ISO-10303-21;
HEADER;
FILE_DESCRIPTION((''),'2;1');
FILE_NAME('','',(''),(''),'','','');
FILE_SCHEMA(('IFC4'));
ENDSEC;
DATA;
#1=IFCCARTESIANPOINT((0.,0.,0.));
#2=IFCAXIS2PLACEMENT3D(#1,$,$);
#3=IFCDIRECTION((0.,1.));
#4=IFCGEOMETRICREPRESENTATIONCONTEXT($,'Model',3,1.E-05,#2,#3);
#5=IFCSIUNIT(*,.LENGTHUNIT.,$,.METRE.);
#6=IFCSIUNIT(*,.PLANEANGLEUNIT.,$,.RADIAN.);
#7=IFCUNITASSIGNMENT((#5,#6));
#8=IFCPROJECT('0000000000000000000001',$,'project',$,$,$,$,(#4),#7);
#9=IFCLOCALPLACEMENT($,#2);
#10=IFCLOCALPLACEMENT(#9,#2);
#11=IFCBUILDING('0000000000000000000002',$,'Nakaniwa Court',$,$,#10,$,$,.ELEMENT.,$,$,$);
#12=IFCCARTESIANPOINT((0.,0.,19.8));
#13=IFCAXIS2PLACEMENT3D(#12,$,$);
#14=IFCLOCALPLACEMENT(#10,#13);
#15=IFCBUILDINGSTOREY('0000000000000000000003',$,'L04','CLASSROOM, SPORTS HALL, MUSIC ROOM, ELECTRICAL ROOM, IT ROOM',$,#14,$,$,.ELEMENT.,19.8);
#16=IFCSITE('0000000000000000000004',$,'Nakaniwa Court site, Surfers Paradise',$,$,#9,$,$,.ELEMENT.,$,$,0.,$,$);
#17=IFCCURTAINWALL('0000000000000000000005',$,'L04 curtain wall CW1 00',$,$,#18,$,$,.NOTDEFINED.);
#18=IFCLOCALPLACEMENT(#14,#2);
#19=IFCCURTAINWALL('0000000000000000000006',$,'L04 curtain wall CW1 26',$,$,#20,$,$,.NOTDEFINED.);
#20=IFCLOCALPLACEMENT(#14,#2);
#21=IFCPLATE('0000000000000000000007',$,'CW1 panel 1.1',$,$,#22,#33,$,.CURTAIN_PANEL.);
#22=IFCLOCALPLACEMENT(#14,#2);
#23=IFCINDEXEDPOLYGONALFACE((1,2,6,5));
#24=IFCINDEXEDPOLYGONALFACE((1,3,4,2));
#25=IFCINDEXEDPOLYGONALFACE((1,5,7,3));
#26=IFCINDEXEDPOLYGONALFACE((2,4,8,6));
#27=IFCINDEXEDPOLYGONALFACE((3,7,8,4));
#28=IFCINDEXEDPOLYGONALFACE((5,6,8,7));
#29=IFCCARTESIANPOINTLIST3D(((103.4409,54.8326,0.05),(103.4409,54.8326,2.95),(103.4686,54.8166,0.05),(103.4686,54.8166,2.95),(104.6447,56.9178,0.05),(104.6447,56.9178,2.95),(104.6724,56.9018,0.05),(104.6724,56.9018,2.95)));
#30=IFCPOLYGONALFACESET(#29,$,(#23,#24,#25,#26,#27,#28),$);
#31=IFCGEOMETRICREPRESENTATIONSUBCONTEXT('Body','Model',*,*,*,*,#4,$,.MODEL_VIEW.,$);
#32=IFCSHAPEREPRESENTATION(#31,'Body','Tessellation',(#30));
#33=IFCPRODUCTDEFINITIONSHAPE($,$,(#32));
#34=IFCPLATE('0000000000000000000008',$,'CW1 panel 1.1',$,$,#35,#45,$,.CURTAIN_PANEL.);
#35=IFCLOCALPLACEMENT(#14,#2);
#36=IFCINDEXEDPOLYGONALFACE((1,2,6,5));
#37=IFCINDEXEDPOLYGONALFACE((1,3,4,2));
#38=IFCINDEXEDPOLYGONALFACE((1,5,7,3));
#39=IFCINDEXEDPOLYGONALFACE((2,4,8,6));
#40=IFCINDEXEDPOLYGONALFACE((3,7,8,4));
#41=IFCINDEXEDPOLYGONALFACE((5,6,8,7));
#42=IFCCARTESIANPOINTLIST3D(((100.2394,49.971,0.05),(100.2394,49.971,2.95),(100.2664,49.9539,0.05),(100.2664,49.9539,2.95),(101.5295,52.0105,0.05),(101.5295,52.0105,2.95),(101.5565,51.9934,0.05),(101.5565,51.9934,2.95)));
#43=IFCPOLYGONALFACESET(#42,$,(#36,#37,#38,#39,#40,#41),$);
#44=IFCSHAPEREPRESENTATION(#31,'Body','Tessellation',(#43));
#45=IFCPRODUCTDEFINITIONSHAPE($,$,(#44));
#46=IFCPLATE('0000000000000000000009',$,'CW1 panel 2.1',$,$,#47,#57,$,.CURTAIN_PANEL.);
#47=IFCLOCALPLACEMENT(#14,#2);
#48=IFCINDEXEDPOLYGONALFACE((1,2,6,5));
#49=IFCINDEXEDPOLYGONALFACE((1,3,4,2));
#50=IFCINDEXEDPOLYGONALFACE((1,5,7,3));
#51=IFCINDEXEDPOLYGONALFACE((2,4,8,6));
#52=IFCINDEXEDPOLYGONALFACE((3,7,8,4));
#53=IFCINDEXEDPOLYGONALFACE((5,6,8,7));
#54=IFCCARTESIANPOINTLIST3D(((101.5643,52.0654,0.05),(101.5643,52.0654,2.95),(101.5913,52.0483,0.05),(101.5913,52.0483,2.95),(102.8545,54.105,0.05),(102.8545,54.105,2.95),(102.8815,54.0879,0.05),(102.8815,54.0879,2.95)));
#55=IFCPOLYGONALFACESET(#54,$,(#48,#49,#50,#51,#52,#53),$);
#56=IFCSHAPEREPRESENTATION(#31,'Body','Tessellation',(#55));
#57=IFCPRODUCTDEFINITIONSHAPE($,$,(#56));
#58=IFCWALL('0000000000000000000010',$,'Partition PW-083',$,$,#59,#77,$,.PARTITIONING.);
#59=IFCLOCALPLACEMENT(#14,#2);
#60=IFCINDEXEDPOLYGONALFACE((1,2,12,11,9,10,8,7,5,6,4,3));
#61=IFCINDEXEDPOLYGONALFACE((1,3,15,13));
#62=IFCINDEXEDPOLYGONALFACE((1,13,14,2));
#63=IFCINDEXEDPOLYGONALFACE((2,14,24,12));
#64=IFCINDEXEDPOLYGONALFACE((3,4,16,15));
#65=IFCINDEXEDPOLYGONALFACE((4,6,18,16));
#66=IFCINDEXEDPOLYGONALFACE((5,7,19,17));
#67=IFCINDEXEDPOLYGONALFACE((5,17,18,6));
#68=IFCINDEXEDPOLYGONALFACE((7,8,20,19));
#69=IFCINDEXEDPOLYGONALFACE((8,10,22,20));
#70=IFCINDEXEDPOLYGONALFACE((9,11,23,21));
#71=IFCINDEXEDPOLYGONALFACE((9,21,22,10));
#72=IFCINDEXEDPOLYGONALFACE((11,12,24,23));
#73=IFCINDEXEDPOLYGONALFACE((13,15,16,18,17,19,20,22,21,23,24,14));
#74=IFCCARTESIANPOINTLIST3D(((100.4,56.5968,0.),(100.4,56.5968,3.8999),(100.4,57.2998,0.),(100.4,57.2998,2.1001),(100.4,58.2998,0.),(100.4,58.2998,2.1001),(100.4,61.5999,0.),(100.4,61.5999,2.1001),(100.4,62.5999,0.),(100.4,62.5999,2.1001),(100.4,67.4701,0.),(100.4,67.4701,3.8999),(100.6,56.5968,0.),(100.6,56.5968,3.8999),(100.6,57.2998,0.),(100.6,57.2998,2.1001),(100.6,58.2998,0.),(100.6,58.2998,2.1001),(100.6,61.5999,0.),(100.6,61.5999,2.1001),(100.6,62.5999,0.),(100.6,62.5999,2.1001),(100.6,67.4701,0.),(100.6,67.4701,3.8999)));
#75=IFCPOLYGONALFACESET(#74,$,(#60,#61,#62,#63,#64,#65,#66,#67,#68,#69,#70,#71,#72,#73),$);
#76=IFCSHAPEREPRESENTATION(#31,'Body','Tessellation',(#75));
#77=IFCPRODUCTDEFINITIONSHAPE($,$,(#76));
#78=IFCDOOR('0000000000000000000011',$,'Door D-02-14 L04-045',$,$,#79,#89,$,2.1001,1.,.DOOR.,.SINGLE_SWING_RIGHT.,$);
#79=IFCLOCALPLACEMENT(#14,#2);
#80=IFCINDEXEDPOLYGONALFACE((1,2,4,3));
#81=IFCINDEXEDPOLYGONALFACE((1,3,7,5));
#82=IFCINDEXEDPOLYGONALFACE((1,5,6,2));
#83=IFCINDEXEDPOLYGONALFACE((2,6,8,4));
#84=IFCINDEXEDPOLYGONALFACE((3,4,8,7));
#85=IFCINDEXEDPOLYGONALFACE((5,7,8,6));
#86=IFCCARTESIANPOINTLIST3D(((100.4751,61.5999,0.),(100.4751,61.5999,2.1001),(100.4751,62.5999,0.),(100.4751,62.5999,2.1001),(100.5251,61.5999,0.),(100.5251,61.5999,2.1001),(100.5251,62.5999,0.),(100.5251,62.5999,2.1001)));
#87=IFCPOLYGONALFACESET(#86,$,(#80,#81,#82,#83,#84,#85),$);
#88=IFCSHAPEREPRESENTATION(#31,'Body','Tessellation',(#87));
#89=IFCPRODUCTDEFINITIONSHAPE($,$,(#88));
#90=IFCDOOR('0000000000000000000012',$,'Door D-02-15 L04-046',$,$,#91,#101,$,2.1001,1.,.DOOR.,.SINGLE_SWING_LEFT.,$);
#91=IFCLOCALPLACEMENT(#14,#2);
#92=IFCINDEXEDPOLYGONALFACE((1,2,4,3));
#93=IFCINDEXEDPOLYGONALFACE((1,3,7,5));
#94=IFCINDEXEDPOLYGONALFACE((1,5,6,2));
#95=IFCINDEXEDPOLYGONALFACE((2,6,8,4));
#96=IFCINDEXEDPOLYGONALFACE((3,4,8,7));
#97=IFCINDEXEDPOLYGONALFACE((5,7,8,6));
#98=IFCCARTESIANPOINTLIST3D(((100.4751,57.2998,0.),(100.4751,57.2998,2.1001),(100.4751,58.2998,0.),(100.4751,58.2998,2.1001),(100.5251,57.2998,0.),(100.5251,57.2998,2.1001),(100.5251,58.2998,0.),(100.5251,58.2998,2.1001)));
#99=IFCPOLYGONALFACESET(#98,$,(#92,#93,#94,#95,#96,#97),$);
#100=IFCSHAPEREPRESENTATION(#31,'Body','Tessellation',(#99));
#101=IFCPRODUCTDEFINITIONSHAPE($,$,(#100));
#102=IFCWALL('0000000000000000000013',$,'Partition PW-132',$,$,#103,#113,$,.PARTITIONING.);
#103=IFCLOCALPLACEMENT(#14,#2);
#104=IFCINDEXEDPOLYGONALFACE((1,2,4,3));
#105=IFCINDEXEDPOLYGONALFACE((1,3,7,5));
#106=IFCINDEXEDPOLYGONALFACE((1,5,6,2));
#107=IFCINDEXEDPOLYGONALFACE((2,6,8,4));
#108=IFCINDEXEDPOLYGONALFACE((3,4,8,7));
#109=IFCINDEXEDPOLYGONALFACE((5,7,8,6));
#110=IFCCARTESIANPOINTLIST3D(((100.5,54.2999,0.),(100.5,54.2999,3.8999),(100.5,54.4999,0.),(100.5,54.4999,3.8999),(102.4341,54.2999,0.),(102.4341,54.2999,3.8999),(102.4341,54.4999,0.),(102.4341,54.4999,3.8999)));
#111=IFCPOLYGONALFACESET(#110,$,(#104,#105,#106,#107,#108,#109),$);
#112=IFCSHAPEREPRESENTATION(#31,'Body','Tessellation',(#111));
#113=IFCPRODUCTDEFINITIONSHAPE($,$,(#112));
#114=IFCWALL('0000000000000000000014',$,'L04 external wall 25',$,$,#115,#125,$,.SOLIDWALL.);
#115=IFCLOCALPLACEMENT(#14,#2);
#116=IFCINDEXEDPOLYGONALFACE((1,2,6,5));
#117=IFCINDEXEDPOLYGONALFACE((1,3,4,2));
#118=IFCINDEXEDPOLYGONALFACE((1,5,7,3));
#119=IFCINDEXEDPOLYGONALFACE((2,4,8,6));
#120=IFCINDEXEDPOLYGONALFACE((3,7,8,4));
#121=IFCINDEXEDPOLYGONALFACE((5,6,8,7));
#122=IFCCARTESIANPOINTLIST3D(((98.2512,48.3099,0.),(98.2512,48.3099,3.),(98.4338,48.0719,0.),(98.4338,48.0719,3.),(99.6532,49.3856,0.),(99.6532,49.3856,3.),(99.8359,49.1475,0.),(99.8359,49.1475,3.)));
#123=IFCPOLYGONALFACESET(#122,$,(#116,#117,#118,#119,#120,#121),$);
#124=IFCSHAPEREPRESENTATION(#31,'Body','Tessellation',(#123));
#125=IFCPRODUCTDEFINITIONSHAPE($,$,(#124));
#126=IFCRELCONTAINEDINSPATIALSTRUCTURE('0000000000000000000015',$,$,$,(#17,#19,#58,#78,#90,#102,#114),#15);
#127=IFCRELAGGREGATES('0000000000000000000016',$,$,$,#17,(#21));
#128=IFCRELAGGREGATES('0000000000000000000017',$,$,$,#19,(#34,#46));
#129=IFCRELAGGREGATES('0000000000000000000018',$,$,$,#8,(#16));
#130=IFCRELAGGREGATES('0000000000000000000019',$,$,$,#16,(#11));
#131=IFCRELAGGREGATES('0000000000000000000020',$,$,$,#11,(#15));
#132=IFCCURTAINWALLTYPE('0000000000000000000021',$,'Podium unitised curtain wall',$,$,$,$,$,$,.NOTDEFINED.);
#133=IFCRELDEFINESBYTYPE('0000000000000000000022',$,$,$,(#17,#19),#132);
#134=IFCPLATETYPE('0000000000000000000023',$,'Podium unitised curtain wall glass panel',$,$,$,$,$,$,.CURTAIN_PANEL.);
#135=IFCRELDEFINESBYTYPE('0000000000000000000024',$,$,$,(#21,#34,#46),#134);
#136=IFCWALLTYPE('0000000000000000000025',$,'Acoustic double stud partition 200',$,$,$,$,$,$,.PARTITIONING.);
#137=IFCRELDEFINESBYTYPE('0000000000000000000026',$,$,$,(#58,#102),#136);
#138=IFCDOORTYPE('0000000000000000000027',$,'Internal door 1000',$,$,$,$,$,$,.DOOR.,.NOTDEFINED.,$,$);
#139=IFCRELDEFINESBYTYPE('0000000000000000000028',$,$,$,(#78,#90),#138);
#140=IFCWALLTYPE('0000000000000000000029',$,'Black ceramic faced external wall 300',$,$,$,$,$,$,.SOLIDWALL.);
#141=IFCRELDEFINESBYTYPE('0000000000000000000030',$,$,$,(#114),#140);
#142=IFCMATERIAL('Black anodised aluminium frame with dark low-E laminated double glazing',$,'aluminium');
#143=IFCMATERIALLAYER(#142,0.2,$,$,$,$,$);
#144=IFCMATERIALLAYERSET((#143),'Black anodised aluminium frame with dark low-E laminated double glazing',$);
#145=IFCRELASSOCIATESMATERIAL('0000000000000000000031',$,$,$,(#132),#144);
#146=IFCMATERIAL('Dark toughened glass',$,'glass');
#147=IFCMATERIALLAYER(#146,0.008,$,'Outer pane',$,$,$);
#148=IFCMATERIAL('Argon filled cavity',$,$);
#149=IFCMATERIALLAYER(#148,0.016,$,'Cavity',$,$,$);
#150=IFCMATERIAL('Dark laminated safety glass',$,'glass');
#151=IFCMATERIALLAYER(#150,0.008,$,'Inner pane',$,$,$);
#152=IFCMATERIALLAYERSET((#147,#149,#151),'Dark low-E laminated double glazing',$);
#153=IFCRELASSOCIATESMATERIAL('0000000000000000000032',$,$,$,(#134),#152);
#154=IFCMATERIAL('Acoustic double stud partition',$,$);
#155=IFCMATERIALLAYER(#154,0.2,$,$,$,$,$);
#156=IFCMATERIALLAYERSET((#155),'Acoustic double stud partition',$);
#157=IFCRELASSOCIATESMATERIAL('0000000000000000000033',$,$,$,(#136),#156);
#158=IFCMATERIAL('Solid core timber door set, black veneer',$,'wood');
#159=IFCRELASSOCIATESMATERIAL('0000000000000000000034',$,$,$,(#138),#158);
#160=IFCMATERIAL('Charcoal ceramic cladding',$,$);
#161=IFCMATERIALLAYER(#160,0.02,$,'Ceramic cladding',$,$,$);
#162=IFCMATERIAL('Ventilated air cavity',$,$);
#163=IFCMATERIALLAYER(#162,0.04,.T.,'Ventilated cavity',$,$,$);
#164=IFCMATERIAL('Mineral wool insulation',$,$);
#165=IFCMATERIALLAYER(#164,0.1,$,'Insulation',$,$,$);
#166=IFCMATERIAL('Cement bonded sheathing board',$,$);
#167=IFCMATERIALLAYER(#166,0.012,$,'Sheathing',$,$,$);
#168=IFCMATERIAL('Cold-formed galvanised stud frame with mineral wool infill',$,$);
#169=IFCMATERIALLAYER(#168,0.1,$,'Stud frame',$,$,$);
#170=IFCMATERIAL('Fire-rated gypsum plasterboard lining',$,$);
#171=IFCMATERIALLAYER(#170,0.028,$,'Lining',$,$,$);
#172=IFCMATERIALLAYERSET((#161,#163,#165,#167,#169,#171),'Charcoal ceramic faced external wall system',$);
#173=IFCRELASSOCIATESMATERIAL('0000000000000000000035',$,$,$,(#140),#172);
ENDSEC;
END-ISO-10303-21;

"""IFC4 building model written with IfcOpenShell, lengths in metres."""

from ifc_helpers import new_model, si_unit, direction, frame, frame_2d, origin, origin_2d, place, context, subcontext, project, spatial, rectangle, extrude, material, layer, layer_set, type_object, element, fill, aggregate, save


model = new_model("IFC4")

# Units and contexts
model_context = context("Model", 3, precision=1e-05, world=origin(), true_north=direction((0.0, 1.0)))
body_context = subcontext(model_context, "Body", "Model", "MODEL_VIEW")
ifc_project = project(units=[si_unit("LENGTHUNIT", "METRE"), si_unit("PLANEANGLEUNIT", "RADIAN")], contexts=[model_context])

# Site, building, storey
site_placement = place(None, origin())
site = spatial("IfcSite", under=ifc_project, at=site_placement, Name="Nakaniwa Court site, Surfers Paradise", CompositionType="ELEMENT", RefElevation=0.0)
building_placement = place(site_placement, origin())
building = spatial("IfcBuilding", under=site, at=building_placement, Name="Nakaniwa Court", CompositionType="ELEMENT")
storey_placement = place(building_placement, frame((0.0, 0.0, 19.8)))
storey = spatial("IfcBuildingStorey", under=building, at=storey_placement, Name="L04", Description="CLASSROOM, SPORTS HALL, MUSIC ROOM, ELECTRICAL ROOM, IT ROOM", CompositionType="ELEMENT", Elevation=19.8)

# Curtain wall
ifc_material_1 = material(Name="Black anodised aluminium frame with dark low-E laminated double glazing", Category="aluminium")
ifc_layer_1 = layer(ifc_material_1, 0.2)
ifc_layer_set_1 = layer_set([ifc_layer_1], Name="Black anodised aluminium frame with dark low-E laminated double glazing")
curtain_wall_type = type_object("IfcCurtainWallType", Name="Podium unitised curtain wall", PredefinedType="NOTDEFINED", material=ifc_layer_set_1)
curtain_wall_1_placement = place(storey_placement, origin())
curtain_wall_1 = element("IfcCurtainWall", 1, at=curtain_wall_1_placement, inside=storey, type_object=curtain_wall_type, Name="L04 curtain wall CW1 00", PredefinedType="NOTDEFINED")

# Curtain wall
curtain_wall_2_placement = place(storey_placement, origin())
curtain_wall_2 = element("IfcCurtainWall", 2, at=curtain_wall_2_placement, inside=storey, type_object=curtain_wall_type, Name="L04 curtain wall CW1 26", PredefinedType="NOTDEFINED")

# Plates
ifc_material_2 = material(Name="Dark toughened glass", Category="glass")
ifc_layer_2 = layer(ifc_material_2, 0.008, Name="Outer pane")
ifc_material_3 = material(Name="Argon filled cavity")
ifc_layer_3 = layer(ifc_material_3, 0.016, Name="Cavity")
ifc_material_4 = material(Name="Dark laminated safety glass", Category="glass")
ifc_layer_4 = layer(ifc_material_4, 0.008, Name="Inner pane")
ifc_layer_set_2 = layer_set([ifc_layer_2, ifc_layer_3, ifc_layer_4], Name="Dark low-E laminated double glazing")
plate_type = type_object("IfcPlateType", Name="Podium unitised curtain wall glass panel", PredefinedType="CURTAIN_PANEL", material=ifc_layer_set_2)
plate_1_placement = place(storey_placement, frame((104.0566, 55.8672, 0.05), z_axis=(0.0, 0.0, 1.0), x_axis=(0.499979, 0.866037, 0.0)))
plate_1 = element("IfcPlate", 3, at=plate_1_placement, type_object=plate_type, Name="CW1 panel 1.1", PredefinedType="CURTAIN_PANEL", context=body_context, shape_type="SweptSolid", body=[
    extrude(rectangle(XDim=2.4077, YDim=0.032, at=origin_2d()), origin(), (0.0, 0.0, 1.0), 2.8999),
])
aggregate(curtain_wall_1, [plate_1])
plate_2_placement = place(storey_placement, frame((100.8979, 50.9822, 0.05), z_axis=(0.0, 0.0, 1.0), x_axis=(0.534597, 0.845107, 0.0)))
plate_2 = element("IfcPlate", 4, at=plate_2_placement, type_object=plate_type, Name="CW1 panel 1.1", PredefinedType="CURTAIN_PANEL", context=body_context, shape_type="SweptSolid", body=[
    extrude(rectangle(XDim=2.4133, YDim=0.032, at=origin_2d()), origin(), (0.0, 0.0, 1.0), 2.8999),
])
plate_3_placement = place(storey_placement, frame((102.2229, 53.0767, 0.05), z_axis=(0.0, 0.0, 1.0), x_axis=(0.534597, 0.845107, 0.0)))
plate_3 = element("IfcPlate", 5, at=plate_3_placement, type_object=plate_type, Name="CW1 panel 2.1", PredefinedType="CURTAIN_PANEL", context=body_context, shape_type="SweptSolid", body=[
    extrude(rectangle(XDim=2.4133, YDim=0.032, at=origin_2d()), origin(), (0.0, 0.0, 1.0), 2.8999),
])
aggregate(curtain_wall_2, [plate_2, plate_3])

# Wall, openings, doors
ifc_material_5 = material(Name="Acoustic double stud partition")
ifc_layer_5 = layer(ifc_material_5, 0.2)
ifc_layer_set_3 = layer_set([ifc_layer_5], Name="Acoustic double stud partition")
wall_type_1 = type_object("IfcWallType", Name="Acoustic double stud partition 200", PredefinedType="PARTITIONING", material=ifc_layer_set_3)
wall_1_placement = place(storey_placement, frame((100.5, 56.5969, 0.0), z_axis=(0.0, 0.0, 1.0), x_axis=(0.0, 1.0, 0.0)))
wall_1 = element("IfcWall", 6, at=wall_1_placement, inside=storey, type_object=wall_type_1, Name="Partition PW-083", PredefinedType="PARTITIONING", context=body_context, shape_type="SweptSolid", body=[
    extrude(rectangle(XDim=10.8733, YDim=0.2, at=frame_2d((5.4365, 0.0))), origin(), (0.0, 0.0, 1.0), 3.8999),
])
opening_1_placement = place(wall_1_placement, frame((5.0029, 0.0, 0.0)))
opening_1 = element("IfcOpeningElement", 7, at=opening_1_placement, cuts=wall_1, PredefinedType="OPENING", context=body_context, shape_type="SweptSolid", body=[
    extrude(rectangle(XDim=1.0, YDim=2.1001, at=frame_2d((0.5, 1.05))), frame((0.0, 0.1099, 0.0), z_axis=(0.0, -1.0, 0.0), x_axis=(1.0, 0.0, 0.0)), (0.0, 0.0, 1.0), 0.22),
])
opening_2_placement = place(wall_1_placement, frame((0.7029, 0.0, 0.0)))
opening_2 = element("IfcOpeningElement", 8, at=opening_2_placement, cuts=wall_1, PredefinedType="OPENING", context=body_context, shape_type="SweptSolid", body=[
    extrude(rectangle(XDim=1.0, YDim=2.1001, at=frame_2d((0.5, 1.05))), frame((0.0, 0.1099, 0.0), z_axis=(0.0, -1.0, 0.0), x_axis=(1.0, 0.0, 0.0)), (0.0, 0.0, 1.0), 0.22),
])
ifc_material_6 = material(Name="Solid core timber door set, black veneer", Category="wood")
door_type = type_object("IfcDoorType", Name="Internal door 1000", OperationType="NOTDEFINED", PredefinedType="DOOR", material=ifc_material_6)
door_1_placement = place(opening_1_placement, origin())
door_1 = element("IfcDoor", 9, at=door_1_placement, inside=storey, type_object=door_type, Name="Door D-02-14 L04-045", OperationType="SINGLE_SWING_RIGHT", OverallHeight=2.1001, OverallWidth=1.0, PredefinedType="DOOR", context=body_context, shape_type="SweptSolid", body=[
    extrude(rectangle(XDim=1.0, YDim=2.1001, at=frame_2d((0.5, 1.05))), frame((0.0, 0.0249, 0.0), z_axis=(0.0, -1.0, 0.0), x_axis=(1.0, 0.0, 0.0)), (0.0, 0.0, 1.0), 0.05),
])
fill(opening_1, door_1)
door_2_placement = place(opening_2_placement, origin())
door_2 = element("IfcDoor", 10, at=door_2_placement, inside=storey, type_object=door_type, Name="Door D-02-15 L04-046", OperationType="SINGLE_SWING_LEFT", OverallHeight=2.1001, OverallWidth=1.0, PredefinedType="DOOR", context=body_context, shape_type="SweptSolid", body=[
    extrude(rectangle(XDim=1.0, YDim=2.1001, at=frame_2d((0.5, 1.05))), frame((0.0, 0.0249, 0.0), z_axis=(0.0, -1.0, 0.0), x_axis=(1.0, 0.0, 0.0)), (0.0, 0.0, 1.0), 0.05),
])
fill(opening_2, door_2)

# Walls
wall_2_placement = place(storey_placement, frame((100.5, 54.3999, 0.0), z_axis=(0.0, 0.0, 1.0), x_axis=(1.0, 0.0, 0.0)))
element("IfcWall", 11, at=wall_2_placement, inside=storey, type_object=wall_type_1, Name="Partition PW-132", PredefinedType="PARTITIONING", context=body_context, shape_type="SweptSolid", body=[
    extrude(rectangle(XDim=1.9341, YDim=0.2, at=frame_2d((0.967, 0.0))), origin(), (0.0, 0.0, 1.0), 3.8999),
])
ifc_material_7 = material(Name="Charcoal ceramic cladding")
ifc_layer_6 = layer(ifc_material_7, 0.02, Name="Ceramic cladding")
ifc_material_8 = material(Name="Ventilated air cavity")
ifc_layer_7 = layer(ifc_material_8, 0.04, ventilated=True, Name="Ventilated cavity")
ifc_material_9 = material(Name="Mineral wool insulation")
ifc_layer_8 = layer(ifc_material_9, 0.1, Name="Insulation")
ifc_material_10 = material(Name="Cement bonded sheathing board")
ifc_layer_9 = layer(ifc_material_10, 0.012, Name="Sheathing")
ifc_material_11 = material(Name="Cold-formed galvanised stud frame with mineral wool infill")
ifc_layer_10 = layer(ifc_material_11, 0.1, Name="Stud frame")
ifc_material_12 = material(Name="Fire-rated gypsum plasterboard lining")
ifc_layer_11 = layer(ifc_material_12, 0.028, Name="Lining")
ifc_layer_set_4 = layer_set([ifc_layer_6, ifc_layer_7, ifc_layer_8, ifc_layer_9, ifc_layer_10, ifc_layer_11], Name="Charcoal ceramic faced external wall system")
wall_type_2 = type_object("IfcWallType", Name="Black ceramic faced external wall 300", PredefinedType="SOLIDWALL", material=ifc_layer_set_4)
wall_3_placement = place(storey_placement, frame((98.3425, 48.1909, 0.0), z_axis=(0.0, 0.0, 1.0), x_axis=(0.793404, 0.608695, 0.0)))
element("IfcWall", 12, at=wall_3_placement, inside=storey, type_object=wall_type_2, Name="L04 external wall 25", PredefinedType="SOLIDWALL", context=body_context, shape_type="SweptSolid", body=[
    extrude(rectangle(XDim=1.7671, YDim=0.3, at=frame_2d((0.8835, 0.0))), origin(), (0.0, 0.0, 1.0), 3.0),
])

save(model, "model.ifc")
